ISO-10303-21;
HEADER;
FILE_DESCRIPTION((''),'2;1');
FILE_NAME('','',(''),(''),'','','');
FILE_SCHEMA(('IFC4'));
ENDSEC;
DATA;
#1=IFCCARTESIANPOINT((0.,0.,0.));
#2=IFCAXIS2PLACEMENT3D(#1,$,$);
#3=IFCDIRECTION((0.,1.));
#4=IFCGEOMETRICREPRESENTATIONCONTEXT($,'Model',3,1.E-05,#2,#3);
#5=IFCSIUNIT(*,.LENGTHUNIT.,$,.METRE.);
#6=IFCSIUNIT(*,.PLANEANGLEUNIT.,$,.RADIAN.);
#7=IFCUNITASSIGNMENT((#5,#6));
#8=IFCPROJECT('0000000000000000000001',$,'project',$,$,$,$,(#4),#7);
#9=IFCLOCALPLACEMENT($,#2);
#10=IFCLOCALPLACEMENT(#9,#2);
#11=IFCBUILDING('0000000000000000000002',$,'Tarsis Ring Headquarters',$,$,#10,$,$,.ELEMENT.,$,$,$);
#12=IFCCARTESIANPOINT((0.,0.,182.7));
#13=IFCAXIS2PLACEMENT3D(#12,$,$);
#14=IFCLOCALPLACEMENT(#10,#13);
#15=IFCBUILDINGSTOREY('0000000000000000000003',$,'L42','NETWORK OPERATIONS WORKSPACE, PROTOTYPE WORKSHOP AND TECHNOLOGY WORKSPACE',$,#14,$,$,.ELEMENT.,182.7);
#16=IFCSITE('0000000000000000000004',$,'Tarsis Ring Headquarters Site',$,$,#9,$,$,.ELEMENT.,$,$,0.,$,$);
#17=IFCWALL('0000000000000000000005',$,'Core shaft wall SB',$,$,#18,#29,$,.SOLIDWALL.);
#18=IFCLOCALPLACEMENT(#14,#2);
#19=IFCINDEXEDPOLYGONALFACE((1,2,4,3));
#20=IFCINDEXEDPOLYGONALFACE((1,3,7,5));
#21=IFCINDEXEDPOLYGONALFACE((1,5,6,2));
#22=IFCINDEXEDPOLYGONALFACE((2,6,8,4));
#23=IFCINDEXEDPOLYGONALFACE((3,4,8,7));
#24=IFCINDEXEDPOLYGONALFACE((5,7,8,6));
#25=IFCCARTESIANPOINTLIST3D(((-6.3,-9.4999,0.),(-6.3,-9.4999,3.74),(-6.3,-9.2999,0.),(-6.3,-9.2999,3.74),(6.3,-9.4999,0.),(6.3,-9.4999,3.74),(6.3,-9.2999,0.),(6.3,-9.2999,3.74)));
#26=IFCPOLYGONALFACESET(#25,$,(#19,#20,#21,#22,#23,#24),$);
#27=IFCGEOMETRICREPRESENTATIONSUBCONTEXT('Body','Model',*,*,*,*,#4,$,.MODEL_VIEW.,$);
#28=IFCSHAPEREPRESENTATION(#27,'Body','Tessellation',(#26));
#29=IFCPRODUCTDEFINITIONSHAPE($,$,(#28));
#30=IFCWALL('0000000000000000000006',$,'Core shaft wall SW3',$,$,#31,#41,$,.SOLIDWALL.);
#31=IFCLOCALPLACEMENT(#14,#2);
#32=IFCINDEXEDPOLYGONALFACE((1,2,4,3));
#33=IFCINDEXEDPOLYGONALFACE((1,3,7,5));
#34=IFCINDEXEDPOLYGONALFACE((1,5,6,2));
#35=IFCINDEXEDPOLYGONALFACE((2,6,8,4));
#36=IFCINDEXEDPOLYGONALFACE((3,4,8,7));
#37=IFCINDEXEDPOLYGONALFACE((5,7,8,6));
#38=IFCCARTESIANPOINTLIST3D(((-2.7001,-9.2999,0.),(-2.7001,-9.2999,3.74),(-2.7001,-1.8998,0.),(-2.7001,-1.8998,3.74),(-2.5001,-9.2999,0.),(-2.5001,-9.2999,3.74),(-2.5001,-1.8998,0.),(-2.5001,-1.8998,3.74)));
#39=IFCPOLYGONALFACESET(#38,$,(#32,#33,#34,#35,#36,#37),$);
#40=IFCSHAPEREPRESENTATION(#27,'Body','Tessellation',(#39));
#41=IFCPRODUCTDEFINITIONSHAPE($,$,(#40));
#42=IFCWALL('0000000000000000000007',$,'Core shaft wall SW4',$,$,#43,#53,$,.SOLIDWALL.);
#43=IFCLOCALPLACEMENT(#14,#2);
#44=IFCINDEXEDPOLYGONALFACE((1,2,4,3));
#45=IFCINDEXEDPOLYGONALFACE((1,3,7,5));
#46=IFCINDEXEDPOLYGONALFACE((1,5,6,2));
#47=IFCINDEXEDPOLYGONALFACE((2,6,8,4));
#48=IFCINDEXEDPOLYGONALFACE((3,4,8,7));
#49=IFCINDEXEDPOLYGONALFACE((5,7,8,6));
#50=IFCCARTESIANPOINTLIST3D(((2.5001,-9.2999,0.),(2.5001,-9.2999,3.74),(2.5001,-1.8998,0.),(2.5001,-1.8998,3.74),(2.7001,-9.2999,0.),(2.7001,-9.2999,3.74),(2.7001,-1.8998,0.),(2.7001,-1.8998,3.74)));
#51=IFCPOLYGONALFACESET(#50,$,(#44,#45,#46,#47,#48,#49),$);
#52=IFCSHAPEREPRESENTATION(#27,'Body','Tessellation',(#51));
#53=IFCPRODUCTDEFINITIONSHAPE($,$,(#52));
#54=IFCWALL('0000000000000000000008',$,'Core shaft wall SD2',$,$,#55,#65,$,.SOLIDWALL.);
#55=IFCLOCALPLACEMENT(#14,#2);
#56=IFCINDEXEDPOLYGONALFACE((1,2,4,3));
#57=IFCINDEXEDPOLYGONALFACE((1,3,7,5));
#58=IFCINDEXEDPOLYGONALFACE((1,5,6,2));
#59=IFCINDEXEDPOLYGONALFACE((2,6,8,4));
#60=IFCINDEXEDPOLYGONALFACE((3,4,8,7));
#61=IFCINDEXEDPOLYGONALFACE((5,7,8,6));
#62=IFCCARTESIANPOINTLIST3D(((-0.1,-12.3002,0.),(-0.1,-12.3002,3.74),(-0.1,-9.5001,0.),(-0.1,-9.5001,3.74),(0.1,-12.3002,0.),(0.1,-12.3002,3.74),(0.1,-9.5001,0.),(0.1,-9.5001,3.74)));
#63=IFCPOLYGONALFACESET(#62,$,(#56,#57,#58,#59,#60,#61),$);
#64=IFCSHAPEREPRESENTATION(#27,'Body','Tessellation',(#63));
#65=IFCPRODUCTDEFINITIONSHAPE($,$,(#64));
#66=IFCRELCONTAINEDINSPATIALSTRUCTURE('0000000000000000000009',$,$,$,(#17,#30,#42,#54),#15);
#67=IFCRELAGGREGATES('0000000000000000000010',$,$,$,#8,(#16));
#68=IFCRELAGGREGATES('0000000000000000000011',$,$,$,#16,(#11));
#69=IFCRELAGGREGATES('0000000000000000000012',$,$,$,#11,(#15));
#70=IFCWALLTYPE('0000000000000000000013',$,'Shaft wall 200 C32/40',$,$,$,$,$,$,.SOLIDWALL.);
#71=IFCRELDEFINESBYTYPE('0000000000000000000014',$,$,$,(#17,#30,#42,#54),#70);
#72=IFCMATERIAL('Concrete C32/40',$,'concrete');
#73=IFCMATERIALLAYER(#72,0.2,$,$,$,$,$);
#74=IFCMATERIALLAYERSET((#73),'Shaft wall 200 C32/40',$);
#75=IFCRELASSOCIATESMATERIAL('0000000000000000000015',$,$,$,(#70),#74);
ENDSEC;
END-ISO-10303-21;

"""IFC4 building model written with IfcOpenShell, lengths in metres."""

from ifc_helpers import new_model, si_unit, direction, frame, frame_2d, origin, place, context, subcontext, project, spatial, rectangle, extrude, material, layer, layer_set, type_object, element, save


model = new_model("IFC4")

# Units and contexts
model_context = context("Model", 3, precision=1e-05, world=origin(), true_north=direction((0.0, 1.0)))
body_context = subcontext(model_context, "Body", "Model", "MODEL_VIEW")
ifc_project = project(units=[si_unit("LENGTHUNIT", "METRE"), si_unit("PLANEANGLEUNIT", "RADIAN")], contexts=[model_context])

# Site, building, storey
site_placement = place(None, origin())
site = spatial("IfcSite", under=ifc_project, at=site_placement, Name="Tarsis Ring Headquarters Site", CompositionType="ELEMENT", RefElevation=0.0)
building_placement = place(site_placement, origin())
building = spatial("IfcBuilding", under=site, at=building_placement, Name="Tarsis Ring Headquarters", CompositionType="ELEMENT")
storey_placement = place(building_placement, frame((0.0, 0.0, 182.7)))
storey = spatial("IfcBuildingStorey", under=building, at=storey_placement, Name="L42", Description="NETWORK OPERATIONS WORKSPACE, PROTOTYPE WORKSHOP AND TECHNOLOGY WORKSPACE", CompositionType="ELEMENT", Elevation=182.7)

# Walls
ifc_material_1 = material(Name="Concrete C32/40", Category="concrete")
ifc_layer_1 = layer(ifc_material_1, 0.2)
ifc_layer_set_1 = layer_set([ifc_layer_1], Name="Shaft wall 200 C32/40")
wall_type_1 = type_object("IfcWallType", Name="Shaft wall 200 C32/40", PredefinedType="SOLIDWALL", material=ifc_layer_set_1)
wall_1_placement = place(storey_placement, frame((-6.3, -9.3999, 0.0), z_axis=(0.0, 0.0, 1.0), x_axis=(1.0, 0.0, 0.0)))
element("IfcWall", 1, at=wall_1_placement, inside=storey, type_object=wall_type_1, Name="Core shaft wall SB", PredefinedType="SOLIDWALL", context=body_context, shape_type="SweptSolid", body=[
    extrude(rectangle(XDim=12.6001, YDim=0.2, at=frame_2d((6.3, 0.0))), origin(), (0.0, 0.0, 1.0), 3.74),
])
for number, where, z_axis, x_axis, name in (
    (2, (-2.6001, -9.3, 0.0), (0.0, 0.0, 1.0), (0.0, 1.0, 0.0), "Core shaft wall SW3"),
    (3, (2.6001, -9.3, 0.0), (0.0, 0.0, 1.0), (0.0, 1.0, 0.0), "Core shaft wall SW4"),
):
    element("IfcWall", number, at=place(storey_placement, frame(where, z_axis=z_axis, x_axis=x_axis)), inside=storey, type_object=wall_type_1, Name=name, PredefinedType="SOLIDWALL", context=body_context, shape_type="SweptSolid", body=[
        extrude(rectangle(XDim=7.4001, YDim=0.2, at=frame_2d((3.7002, 0.0))), origin(), (0.0, 0.0, 1.0), 3.74),
    ])
wall_2_placement = place(storey_placement, frame((0.0, -12.3, 0.0), z_axis=(0.0, 0.0, 1.0), x_axis=(0.0, 1.0, 0.0)))
element("IfcWall", 4, at=wall_2_placement, inside=storey, type_object=wall_type_1, Name="Core shaft wall SD2", PredefinedType="SOLIDWALL", context=body_context, shape_type="SweptSolid", body=[
    extrude(rectangle(XDim=2.8, YDim=0.2, at=frame_2d((1.3999, 0.0))), origin(), (0.0, 0.0, 1.0), 3.74),
])

save(model, "model.ifc")
